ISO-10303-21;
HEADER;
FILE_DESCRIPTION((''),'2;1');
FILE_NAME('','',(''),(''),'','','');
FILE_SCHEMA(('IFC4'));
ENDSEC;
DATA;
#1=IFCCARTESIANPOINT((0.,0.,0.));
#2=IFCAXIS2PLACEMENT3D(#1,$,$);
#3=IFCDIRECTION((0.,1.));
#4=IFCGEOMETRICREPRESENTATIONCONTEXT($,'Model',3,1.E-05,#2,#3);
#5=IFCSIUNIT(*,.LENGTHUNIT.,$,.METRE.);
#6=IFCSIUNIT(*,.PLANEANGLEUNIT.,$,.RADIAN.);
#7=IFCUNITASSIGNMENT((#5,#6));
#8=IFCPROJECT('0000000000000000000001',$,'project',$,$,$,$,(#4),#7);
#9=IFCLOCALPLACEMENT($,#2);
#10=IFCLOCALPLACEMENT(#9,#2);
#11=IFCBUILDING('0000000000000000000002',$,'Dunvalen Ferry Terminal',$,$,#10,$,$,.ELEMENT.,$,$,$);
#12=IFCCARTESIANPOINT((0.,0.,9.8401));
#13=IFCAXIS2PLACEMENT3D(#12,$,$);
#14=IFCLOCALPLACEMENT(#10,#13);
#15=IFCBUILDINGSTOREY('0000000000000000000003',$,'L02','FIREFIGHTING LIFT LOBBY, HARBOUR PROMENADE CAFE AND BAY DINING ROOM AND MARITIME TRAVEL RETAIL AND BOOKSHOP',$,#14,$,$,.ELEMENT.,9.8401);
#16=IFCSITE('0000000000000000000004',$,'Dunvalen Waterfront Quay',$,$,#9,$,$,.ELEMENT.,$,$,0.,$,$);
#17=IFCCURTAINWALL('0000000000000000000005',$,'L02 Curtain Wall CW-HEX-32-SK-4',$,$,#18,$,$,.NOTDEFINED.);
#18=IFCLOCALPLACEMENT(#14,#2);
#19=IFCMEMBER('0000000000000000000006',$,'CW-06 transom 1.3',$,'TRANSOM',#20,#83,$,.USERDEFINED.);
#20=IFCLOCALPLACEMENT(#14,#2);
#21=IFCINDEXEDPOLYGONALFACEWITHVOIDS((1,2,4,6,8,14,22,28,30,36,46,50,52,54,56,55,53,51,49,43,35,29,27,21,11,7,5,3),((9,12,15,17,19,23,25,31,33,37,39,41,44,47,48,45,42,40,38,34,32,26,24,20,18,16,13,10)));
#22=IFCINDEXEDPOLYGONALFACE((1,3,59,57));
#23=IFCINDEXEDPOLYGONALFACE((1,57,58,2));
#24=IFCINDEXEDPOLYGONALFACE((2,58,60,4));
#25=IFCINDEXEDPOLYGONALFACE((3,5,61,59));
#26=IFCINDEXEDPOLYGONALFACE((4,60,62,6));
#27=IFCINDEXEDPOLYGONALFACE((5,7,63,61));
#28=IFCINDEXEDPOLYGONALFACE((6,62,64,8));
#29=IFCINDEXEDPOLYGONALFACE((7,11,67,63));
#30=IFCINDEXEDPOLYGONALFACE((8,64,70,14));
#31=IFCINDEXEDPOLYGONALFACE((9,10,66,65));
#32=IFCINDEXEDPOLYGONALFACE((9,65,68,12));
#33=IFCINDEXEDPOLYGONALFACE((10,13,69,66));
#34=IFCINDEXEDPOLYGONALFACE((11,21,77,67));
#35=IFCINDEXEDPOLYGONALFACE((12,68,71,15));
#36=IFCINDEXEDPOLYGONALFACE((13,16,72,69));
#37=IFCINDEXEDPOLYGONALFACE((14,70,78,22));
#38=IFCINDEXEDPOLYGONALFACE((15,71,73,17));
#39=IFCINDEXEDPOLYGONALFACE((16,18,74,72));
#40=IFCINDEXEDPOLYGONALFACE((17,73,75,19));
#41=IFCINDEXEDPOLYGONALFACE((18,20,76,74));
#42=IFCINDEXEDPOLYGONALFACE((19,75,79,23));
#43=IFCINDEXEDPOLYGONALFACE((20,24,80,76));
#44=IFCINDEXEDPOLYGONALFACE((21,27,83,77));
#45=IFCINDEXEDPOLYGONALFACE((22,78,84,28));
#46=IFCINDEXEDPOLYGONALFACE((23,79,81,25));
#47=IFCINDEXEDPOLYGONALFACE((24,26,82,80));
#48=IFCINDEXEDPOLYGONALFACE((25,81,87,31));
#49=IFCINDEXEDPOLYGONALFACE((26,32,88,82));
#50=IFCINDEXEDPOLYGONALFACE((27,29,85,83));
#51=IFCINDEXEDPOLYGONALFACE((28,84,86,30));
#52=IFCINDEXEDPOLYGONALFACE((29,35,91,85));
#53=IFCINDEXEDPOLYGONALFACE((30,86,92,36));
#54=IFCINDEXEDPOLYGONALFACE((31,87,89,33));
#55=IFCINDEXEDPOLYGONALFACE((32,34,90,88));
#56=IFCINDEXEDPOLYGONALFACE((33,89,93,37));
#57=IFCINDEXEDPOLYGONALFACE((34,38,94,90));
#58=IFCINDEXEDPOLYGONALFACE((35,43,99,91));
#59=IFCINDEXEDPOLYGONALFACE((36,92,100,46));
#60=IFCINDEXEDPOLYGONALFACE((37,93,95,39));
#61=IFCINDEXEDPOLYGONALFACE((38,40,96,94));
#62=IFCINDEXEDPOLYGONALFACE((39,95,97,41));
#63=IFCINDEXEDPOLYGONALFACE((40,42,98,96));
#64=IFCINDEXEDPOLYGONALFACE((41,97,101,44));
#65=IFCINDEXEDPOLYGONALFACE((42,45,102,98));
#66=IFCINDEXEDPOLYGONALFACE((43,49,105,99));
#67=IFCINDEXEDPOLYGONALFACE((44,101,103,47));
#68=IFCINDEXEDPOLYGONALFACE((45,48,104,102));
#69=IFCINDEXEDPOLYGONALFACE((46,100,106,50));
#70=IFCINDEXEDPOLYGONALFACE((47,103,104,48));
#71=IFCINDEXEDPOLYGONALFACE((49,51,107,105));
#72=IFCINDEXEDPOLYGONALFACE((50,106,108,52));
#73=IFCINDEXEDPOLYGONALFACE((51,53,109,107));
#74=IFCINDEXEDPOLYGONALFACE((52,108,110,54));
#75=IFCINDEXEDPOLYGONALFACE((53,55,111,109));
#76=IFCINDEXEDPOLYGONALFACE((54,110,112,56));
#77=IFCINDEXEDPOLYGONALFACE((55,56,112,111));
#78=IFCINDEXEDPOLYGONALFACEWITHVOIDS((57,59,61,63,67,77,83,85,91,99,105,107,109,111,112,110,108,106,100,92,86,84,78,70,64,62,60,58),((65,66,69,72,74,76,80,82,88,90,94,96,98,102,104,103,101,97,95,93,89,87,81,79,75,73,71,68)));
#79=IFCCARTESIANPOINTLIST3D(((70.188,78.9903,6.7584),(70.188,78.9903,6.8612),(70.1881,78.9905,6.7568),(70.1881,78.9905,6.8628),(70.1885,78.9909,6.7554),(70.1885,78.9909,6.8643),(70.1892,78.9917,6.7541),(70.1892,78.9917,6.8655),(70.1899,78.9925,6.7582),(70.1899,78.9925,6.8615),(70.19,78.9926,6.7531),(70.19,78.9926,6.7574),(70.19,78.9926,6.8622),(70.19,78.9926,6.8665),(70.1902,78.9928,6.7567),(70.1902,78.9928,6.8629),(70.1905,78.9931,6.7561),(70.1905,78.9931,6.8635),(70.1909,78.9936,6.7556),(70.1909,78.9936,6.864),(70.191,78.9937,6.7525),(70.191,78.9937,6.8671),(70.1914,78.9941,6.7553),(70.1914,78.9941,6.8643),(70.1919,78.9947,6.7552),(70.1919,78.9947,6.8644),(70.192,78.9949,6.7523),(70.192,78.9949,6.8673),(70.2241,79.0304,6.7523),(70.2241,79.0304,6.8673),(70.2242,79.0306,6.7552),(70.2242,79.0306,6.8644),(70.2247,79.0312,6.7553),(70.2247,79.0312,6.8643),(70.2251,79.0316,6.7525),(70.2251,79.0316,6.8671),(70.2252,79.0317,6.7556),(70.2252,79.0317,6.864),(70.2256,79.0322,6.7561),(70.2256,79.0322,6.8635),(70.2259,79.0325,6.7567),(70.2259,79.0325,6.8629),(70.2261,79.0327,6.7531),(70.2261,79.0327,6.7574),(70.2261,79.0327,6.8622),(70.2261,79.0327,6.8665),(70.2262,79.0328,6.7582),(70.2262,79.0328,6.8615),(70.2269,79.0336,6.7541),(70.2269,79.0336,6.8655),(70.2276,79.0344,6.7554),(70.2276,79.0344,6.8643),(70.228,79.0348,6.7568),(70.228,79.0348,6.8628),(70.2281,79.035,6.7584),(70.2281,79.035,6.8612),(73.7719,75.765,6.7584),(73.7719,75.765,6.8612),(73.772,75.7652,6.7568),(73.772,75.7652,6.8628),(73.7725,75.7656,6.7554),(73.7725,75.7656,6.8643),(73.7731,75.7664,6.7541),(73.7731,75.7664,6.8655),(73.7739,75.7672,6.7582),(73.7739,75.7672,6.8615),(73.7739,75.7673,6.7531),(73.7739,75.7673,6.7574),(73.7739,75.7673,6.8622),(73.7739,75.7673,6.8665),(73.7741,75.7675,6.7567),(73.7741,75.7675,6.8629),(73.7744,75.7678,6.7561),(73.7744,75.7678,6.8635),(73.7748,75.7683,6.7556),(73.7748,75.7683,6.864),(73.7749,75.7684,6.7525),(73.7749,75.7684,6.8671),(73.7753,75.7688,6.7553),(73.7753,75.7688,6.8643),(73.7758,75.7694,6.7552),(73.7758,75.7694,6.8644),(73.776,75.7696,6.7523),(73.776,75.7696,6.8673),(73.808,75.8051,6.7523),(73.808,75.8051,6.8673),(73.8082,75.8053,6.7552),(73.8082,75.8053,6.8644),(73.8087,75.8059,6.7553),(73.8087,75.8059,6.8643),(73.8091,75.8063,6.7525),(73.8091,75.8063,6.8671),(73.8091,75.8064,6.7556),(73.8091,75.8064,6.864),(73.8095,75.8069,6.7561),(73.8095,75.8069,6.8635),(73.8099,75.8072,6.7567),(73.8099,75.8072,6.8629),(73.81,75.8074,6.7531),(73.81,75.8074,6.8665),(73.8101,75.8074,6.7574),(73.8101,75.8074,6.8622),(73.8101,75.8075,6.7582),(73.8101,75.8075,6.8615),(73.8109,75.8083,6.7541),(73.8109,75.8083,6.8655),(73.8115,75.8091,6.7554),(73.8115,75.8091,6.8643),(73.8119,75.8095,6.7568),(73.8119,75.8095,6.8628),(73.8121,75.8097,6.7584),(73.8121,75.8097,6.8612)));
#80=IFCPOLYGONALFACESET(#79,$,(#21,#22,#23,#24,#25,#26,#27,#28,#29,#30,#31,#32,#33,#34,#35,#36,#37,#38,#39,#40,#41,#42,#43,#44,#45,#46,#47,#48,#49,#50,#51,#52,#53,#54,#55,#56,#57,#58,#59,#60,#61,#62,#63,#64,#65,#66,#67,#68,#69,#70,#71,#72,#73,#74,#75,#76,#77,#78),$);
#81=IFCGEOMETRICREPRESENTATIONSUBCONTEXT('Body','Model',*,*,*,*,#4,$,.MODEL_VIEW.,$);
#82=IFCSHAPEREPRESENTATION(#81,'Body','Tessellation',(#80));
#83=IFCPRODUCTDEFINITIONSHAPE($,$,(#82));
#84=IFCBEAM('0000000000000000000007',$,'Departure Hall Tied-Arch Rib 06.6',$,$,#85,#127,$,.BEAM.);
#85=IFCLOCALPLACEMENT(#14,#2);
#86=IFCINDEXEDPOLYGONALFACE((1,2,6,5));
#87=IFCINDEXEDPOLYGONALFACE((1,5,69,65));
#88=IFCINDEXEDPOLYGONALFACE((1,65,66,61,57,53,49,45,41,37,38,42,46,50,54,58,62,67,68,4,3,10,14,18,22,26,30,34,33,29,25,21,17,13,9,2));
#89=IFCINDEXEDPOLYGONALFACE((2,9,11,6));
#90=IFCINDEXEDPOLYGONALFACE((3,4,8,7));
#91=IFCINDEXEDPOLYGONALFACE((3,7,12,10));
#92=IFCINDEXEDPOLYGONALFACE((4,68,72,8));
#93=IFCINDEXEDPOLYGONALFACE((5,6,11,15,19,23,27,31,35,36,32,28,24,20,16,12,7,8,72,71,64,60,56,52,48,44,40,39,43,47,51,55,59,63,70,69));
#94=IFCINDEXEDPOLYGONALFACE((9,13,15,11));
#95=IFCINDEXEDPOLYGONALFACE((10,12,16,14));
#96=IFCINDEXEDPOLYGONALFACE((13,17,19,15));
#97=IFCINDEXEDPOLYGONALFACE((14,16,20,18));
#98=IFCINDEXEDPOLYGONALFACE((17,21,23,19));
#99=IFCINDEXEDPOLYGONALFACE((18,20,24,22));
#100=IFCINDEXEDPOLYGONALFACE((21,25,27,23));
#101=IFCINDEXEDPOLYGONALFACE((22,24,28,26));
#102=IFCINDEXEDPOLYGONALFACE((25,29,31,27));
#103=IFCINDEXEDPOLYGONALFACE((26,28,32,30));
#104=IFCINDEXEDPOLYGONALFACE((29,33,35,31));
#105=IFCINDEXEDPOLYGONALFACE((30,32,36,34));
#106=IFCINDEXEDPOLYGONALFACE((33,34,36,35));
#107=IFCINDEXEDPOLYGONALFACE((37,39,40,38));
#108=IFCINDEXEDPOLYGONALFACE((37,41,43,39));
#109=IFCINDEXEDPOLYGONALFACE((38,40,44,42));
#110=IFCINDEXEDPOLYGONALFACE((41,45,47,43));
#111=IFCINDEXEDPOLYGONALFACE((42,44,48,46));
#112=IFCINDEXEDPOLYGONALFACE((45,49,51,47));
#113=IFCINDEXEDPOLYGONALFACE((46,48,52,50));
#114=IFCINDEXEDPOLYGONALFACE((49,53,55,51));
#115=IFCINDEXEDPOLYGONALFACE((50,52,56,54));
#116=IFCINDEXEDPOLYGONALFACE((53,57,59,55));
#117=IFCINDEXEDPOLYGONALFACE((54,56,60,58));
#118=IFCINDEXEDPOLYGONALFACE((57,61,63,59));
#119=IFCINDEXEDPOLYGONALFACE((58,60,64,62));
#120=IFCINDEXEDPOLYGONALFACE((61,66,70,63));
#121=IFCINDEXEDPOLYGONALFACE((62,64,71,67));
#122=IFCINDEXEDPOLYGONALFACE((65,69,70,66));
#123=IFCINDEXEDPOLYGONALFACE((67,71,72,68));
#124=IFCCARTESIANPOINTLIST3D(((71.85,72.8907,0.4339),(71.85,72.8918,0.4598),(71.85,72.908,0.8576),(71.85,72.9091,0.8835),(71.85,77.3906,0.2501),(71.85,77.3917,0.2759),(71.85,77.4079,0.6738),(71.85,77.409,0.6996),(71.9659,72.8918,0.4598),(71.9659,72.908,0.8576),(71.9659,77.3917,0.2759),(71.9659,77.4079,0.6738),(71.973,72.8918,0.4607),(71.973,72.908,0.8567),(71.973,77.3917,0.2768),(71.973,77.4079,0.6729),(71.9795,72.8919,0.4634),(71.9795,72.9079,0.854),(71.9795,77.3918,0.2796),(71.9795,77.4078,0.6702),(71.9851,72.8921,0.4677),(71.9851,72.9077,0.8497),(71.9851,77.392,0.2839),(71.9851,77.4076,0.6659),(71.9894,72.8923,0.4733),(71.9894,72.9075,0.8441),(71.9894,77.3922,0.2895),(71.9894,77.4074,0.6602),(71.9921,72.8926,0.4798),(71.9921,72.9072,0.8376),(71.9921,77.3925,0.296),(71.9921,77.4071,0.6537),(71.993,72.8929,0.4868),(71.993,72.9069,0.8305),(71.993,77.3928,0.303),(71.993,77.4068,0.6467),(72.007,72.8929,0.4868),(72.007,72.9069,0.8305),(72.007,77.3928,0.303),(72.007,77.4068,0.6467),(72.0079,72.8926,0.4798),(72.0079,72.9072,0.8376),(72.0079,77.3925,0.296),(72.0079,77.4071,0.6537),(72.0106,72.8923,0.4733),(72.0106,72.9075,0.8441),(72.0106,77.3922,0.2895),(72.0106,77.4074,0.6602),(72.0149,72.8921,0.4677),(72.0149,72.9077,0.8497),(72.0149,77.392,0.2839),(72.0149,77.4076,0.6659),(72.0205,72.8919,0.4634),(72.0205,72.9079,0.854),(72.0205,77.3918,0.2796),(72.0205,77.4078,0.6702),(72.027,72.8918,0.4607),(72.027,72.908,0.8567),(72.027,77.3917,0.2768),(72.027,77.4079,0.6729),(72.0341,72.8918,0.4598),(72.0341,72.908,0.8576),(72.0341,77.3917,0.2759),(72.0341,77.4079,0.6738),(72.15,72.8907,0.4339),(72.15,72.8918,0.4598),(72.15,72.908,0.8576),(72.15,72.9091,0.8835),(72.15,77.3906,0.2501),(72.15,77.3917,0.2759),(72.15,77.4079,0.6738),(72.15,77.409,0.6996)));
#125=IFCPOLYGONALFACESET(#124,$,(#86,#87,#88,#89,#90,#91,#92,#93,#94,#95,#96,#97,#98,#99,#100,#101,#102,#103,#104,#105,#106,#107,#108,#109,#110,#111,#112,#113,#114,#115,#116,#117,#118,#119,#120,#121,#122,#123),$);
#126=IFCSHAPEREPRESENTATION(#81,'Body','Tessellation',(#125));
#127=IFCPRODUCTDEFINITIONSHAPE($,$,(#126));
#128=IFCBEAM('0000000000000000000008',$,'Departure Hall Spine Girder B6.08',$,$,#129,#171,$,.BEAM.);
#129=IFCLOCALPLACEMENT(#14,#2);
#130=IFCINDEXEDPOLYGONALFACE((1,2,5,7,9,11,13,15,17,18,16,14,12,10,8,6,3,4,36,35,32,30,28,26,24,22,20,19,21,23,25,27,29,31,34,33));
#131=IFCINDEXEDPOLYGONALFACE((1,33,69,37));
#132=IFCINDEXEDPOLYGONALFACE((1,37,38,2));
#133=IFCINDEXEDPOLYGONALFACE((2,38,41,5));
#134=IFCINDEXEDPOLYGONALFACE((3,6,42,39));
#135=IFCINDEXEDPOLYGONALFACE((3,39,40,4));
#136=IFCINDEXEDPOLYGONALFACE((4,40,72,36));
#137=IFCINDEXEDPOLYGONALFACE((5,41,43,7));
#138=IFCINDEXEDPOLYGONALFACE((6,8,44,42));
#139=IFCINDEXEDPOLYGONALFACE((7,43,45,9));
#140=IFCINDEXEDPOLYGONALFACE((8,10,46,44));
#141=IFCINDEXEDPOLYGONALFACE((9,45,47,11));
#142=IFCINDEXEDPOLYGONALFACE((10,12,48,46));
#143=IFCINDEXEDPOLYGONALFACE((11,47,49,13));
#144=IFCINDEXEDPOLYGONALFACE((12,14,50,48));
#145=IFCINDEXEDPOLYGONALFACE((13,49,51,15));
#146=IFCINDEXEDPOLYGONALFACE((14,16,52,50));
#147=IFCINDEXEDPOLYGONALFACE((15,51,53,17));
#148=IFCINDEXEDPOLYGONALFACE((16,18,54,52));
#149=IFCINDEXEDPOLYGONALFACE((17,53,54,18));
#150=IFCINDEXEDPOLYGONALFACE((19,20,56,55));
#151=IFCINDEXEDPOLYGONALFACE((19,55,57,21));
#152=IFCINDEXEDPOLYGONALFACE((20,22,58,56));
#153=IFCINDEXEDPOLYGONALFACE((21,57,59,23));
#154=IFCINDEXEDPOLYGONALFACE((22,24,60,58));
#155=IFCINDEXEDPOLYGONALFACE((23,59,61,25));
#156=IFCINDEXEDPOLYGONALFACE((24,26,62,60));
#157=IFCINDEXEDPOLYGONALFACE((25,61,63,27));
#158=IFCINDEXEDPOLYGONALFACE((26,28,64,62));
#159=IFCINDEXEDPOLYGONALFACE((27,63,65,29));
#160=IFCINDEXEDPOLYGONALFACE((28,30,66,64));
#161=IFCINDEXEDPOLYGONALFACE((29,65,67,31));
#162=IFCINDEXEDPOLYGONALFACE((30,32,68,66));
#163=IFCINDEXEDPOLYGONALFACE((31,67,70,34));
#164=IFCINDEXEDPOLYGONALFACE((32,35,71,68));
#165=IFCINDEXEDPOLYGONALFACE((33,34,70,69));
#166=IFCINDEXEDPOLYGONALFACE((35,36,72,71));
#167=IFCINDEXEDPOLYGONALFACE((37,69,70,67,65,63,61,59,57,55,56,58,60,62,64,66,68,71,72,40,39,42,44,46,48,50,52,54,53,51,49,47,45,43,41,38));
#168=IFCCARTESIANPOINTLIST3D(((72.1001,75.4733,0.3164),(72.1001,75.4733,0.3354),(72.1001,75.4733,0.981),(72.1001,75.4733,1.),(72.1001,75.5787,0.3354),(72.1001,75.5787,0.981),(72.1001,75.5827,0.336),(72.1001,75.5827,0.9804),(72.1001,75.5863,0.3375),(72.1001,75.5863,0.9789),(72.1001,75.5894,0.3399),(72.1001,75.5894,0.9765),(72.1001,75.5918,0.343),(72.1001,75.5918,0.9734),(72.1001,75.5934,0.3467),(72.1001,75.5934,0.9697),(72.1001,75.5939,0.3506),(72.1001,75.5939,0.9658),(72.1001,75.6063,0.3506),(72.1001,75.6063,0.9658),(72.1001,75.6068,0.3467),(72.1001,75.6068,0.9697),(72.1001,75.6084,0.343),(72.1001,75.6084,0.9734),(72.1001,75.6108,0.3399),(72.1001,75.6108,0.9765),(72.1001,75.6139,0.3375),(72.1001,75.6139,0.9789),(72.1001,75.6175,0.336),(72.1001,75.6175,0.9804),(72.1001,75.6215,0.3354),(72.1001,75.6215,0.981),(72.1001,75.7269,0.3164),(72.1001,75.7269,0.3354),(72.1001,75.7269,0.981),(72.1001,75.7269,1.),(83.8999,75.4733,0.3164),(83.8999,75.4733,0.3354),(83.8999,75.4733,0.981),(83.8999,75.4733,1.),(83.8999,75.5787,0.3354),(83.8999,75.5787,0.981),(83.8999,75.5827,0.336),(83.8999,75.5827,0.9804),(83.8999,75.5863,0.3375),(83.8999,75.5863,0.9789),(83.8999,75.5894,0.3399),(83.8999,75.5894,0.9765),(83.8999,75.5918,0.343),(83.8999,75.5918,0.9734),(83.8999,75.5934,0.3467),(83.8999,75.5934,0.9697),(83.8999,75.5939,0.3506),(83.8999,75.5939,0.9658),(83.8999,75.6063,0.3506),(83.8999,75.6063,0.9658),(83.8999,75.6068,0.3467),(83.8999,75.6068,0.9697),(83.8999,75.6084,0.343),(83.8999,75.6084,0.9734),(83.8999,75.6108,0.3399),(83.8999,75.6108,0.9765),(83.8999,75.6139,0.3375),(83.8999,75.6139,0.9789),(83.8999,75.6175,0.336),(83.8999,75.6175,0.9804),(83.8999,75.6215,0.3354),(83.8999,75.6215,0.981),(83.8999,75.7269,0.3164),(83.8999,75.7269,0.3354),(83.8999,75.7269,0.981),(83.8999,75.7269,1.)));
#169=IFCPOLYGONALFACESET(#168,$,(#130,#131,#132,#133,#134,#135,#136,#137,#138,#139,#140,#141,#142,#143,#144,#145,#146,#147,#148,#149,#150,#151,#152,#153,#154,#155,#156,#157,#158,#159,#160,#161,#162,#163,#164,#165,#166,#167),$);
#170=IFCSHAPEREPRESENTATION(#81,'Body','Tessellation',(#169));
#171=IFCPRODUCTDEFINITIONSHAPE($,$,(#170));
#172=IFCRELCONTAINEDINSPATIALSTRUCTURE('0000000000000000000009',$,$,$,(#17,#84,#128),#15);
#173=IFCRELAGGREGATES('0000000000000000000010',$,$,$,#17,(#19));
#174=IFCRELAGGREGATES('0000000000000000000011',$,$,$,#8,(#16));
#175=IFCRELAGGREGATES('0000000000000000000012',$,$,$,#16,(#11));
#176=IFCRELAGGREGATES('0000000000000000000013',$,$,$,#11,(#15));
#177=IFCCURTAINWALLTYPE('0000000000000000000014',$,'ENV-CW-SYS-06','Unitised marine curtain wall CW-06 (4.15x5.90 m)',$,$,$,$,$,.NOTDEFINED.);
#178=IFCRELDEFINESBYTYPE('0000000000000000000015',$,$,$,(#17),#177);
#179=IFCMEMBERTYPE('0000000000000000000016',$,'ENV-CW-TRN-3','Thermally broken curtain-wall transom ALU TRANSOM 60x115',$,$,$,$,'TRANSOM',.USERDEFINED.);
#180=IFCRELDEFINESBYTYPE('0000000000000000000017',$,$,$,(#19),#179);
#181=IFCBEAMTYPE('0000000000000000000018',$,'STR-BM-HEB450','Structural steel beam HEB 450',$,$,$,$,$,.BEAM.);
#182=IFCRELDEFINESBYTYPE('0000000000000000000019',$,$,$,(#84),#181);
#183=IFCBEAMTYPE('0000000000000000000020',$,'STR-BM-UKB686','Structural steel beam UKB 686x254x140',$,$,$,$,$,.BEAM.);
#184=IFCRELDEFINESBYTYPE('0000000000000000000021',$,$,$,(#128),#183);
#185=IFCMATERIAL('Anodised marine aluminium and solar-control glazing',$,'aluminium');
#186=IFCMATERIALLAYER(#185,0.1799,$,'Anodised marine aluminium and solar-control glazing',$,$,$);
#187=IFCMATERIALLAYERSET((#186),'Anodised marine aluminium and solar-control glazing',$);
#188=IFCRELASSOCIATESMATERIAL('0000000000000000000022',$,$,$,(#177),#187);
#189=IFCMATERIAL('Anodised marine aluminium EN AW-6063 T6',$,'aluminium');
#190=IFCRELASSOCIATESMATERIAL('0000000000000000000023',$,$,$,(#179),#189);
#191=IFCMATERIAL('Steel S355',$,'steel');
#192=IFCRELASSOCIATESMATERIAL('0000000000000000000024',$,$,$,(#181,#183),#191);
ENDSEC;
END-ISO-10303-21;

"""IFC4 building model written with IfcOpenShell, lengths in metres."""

from ifc_helpers import new_model, si_unit, direction, frame, origin, origin_2d, place, context, subcontext, project, spatial, hollow_rectangle, i_section, extrude, material, layer, layer_set, material_profile, profile_set, type_object, element, aggregate, save


model = new_model("IFC4")

# Units and contexts
model_context = context("Model", 3, precision=1e-05, world=origin(), true_north=direction((0.0, 1.0)))
body_context = subcontext(model_context, "Body", "Model", "MODEL_VIEW")
ifc_project = project(units=[si_unit("LENGTHUNIT", "METRE"), si_unit("PLANEANGLEUNIT", "RADIAN")], contexts=[model_context])

# Site, building, storey
site_placement = place(None, origin())
site = spatial("IfcSite", under=ifc_project, at=site_placement, Name="Dunvalen Waterfront Quay", CompositionType="ELEMENT", RefElevation=0.0)
building_placement = place(site_placement, origin())
building = spatial("IfcBuilding", under=site, at=building_placement, Name="Dunvalen Ferry Terminal", CompositionType="ELEMENT")
storey_placement = place(building_placement, frame((0.0, 0.0, 9.8401)))
storey = spatial("IfcBuildingStorey", under=building, at=storey_placement, Name="L02", Description="FIREFIGHTING LIFT LOBBY, HARBOUR PROMENADE CAFE AND BAY DINING ROOM AND MARITIME TRAVEL RETAIL AND BOOKSHOP", CompositionType="ELEMENT", Elevation=9.8401)

# Shared definitions
ifc_material_1 = material(Name="Anodised marine aluminium and solar-control glazing", Category="aluminium")
ifc_material_2 = material(Name="Anodised marine aluminium EN AW-6063 T6", Category="aluminium")

# Curtain wall
ifc_layer_1 = layer(ifc_material_1, 0.1799, Name="Anodised marine aluminium and solar-control glazing")
ifc_layer_set_1 = layer_set([ifc_layer_1], Name="Anodised marine aluminium and solar-control glazing")
curtain_wall_type_1 = type_object("IfcCurtainWallType", Name="ENV-CW-SYS-06", Description="Unitised marine curtain wall CW-06 (4.15x5.90 m)", PredefinedType="NOTDEFINED", material=ifc_layer_set_1)
curtain_wall_1_placement = place(storey_placement, origin())
curtain_wall_1 = element("IfcCurtainWall", 1, at=curtain_wall_1_placement, inside=storey, type_object=curtain_wall_type_1, Name="L02 Curtain Wall CW-HEX-32-SK-4", PredefinedType="NOTDEFINED")

# Member
ifc_material_profile_1 = material_profile(ifc_material_2, hollow_rectangle(XDim=0.0601, YDim=0.115, WallThickness=0.0029, InnerFilletRadius=0.0029, OuterFilletRadius=0.0061, at=origin_2d()), Name="Anodised marine aluminium EN AW-6063 T6")
ifc_profile_set_1 = profile_set([ifc_material_profile_1], Name="Anodised marine aluminium EN AW-6063 T6")
member_type_1 = type_object("IfcMemberType", Name="ENV-CW-TRN-3", Description="Thermally broken curtain-wall transom ALU TRANSOM 60x115", ElementType="TRANSOM", PredefinedType="USERDEFINED", material=ifc_profile_set_1)
member_1_placement = place(storey_placement, frame((73.792, 75.7874, 6.8098), z_axis=(-0.743319, 0.668937, 0.0), x_axis=(-0.668937, -0.743319, 0.0)))
member_1 = element("IfcMember", 2, at=member_1_placement, type_object=member_type_1, Name="CW-06 transom 1.3", ObjectType="TRANSOM", PredefinedType="USERDEFINED", context=body_context, shape_type="SweptSolid", body=[
    extrude(hollow_rectangle(XDim=0.0601, YDim=0.115, WallThickness=0.0029, InnerFilletRadius=0.0029, OuterFilletRadius=0.0061, at=origin_2d()), origin(), (0.0, 0.0, 1.0), 4.8215),
])

# Beams
ifc_material_3 = material(Name="Steel S355", Category="steel")
ifc_material_profile_2 = material_profile(ifc_material_3, i_section(OverallWidth=0.3, OverallDepth=0.45, WebThickness=0.0139, FlangeThickness=0.0259, FilletRadius=0.0271, at=origin_2d()), Name="Steel S355")
ifc_profile_set_2 = profile_set([ifc_material_profile_2], Name="Steel S355")
beam_type_1 = type_object("IfcBeamType", Name="STR-BM-HEB450", Description="Structural steel beam HEB 450", PredefinedType="BEAM", material=ifc_profile_set_2)
beam_1_placement = place(storey_placement, frame((72.0, 72.8999, 0.6587), z_axis=(0.0, 0.999167, -0.040819), x_axis=(-1.0, 0.0, 0.0)))
element("IfcBeam", 3, at=beam_1_placement, inside=storey, type_object=beam_type_1, Name="Departure Hall Tied-Arch Rib 06.6", PredefinedType="BEAM", context=body_context, shape_type="SweptSolid", body=[
    extrude(i_section(OverallWidth=0.3, OverallDepth=0.45, WebThickness=0.0139, FlangeThickness=0.0259, FilletRadius=0.0271, at=origin_2d()), origin(), (0.0, 0.0, 1.0), 4.5037),
])
ifc_material_profile_3 = material_profile(ifc_material_3, i_section(OverallWidth=0.2537, OverallDepth=0.6836, WebThickness=0.0125, FlangeThickness=0.019, FilletRadius=0.0151, at=origin_2d()), Name="Steel S355")
ifc_profile_set_3 = profile_set([ifc_material_profile_3], Name="Steel S355")
beam_type_2 = type_object("IfcBeamType", Name="STR-BM-UKB686", Description="Structural steel beam UKB 686x254x140", PredefinedType="BEAM", material=ifc_profile_set_3)
beam_2_placement = place(storey_placement, frame((72.1001, 75.6001, 0.6582), z_axis=(1.0, 0.0, 0.0), x_axis=(0.0, 1.0, 0.0)))
element("IfcBeam", 4, at=beam_2_placement, inside=storey, type_object=beam_type_2, Name="Departure Hall Spine Girder B6.08", PredefinedType="BEAM", context=body_context, shape_type="SweptSolid", body=[
    extrude(i_section(OverallWidth=0.2537, OverallDepth=0.6836, WebThickness=0.0125, FlangeThickness=0.019, FilletRadius=0.0151, at=origin_2d()), origin(), (0.0, 0.0, 1.0), 11.7998),
])

aggregate(curtain_wall_1, [member_1])

save(model, "model.ifc")
